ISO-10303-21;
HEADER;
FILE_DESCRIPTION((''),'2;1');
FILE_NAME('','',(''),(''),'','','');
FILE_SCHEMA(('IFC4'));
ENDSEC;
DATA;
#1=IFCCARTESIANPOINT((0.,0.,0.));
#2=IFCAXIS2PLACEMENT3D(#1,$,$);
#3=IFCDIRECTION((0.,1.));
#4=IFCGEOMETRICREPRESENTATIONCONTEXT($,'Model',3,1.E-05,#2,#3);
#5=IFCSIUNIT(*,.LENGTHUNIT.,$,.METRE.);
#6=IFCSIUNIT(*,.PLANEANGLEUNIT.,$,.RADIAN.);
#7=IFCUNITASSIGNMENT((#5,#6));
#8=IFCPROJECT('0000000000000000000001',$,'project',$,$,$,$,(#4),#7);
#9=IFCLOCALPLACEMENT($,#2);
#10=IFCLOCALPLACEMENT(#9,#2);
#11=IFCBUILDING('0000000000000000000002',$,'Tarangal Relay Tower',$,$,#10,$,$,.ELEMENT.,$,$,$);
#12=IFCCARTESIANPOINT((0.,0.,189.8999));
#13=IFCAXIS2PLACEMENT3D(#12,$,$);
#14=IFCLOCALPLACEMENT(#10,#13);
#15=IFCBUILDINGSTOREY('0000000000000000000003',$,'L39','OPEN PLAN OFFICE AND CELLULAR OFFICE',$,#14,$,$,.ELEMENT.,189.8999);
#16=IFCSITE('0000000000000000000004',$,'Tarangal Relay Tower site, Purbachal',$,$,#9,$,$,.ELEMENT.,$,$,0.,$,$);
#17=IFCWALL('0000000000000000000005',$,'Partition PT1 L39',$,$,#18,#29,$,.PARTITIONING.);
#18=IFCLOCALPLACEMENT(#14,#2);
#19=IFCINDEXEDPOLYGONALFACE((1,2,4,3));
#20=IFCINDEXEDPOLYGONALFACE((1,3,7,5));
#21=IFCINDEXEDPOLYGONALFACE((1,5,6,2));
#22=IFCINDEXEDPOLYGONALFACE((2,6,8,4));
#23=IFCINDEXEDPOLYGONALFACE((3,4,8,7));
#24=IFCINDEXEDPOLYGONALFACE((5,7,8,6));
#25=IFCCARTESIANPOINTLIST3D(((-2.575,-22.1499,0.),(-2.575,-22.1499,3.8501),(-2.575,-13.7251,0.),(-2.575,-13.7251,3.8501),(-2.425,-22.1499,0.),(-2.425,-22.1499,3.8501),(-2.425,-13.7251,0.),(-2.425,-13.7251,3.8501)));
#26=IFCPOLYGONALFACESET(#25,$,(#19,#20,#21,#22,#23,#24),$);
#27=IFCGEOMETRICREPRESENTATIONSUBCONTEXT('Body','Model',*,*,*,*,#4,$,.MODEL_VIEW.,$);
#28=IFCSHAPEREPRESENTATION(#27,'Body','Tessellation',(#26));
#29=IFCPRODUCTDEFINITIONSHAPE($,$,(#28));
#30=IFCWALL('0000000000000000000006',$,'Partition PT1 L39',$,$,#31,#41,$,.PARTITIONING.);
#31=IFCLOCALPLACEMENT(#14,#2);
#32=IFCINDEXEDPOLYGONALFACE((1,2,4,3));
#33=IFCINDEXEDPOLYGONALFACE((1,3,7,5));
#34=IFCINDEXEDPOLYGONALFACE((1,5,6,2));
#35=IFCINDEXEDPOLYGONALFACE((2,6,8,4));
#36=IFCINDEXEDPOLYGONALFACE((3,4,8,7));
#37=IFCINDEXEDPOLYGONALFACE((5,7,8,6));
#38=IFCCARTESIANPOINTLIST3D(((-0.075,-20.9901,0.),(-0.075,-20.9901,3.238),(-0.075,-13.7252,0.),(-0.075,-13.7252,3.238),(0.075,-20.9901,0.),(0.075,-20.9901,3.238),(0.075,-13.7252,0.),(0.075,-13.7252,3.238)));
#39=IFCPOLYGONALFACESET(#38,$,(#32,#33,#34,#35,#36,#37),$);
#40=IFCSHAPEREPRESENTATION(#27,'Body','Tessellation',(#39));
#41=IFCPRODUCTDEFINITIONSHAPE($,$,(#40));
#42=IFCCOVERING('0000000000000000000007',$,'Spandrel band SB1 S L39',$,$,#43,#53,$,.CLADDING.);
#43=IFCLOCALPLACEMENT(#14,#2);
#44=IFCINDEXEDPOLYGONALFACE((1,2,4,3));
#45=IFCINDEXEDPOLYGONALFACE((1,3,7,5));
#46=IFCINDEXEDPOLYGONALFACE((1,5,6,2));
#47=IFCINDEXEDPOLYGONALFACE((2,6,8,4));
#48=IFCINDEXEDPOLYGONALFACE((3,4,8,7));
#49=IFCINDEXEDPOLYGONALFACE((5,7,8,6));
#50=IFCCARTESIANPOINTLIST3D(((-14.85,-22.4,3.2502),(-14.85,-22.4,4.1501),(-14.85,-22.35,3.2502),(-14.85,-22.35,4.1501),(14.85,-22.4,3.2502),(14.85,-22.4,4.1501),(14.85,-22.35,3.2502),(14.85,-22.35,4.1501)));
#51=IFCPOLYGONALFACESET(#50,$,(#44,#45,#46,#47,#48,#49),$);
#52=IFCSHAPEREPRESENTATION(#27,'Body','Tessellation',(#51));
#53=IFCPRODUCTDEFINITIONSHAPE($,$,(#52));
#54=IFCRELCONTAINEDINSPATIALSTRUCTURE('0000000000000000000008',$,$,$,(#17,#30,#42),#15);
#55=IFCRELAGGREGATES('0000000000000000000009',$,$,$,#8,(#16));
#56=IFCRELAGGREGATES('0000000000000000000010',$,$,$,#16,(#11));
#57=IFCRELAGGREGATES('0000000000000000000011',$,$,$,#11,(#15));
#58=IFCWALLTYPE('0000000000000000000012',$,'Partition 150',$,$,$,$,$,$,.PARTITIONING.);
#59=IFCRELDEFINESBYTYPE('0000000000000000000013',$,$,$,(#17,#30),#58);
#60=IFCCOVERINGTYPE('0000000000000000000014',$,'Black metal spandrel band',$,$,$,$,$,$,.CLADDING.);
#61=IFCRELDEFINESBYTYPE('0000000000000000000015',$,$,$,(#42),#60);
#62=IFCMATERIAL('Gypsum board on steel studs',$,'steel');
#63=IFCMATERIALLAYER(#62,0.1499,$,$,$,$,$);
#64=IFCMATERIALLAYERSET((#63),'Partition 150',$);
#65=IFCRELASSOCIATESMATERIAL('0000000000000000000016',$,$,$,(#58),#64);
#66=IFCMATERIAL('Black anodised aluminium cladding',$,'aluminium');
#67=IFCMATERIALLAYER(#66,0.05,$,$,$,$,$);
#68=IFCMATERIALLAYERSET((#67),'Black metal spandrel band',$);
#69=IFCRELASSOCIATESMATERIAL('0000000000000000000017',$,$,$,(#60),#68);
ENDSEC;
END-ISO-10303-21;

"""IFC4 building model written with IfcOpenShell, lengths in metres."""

from ifc_helpers import new_model, si_unit, direction, frame, frame_2d, origin, origin_2d, place, context, subcontext, project, spatial, rectangle, extrude, material, layer, layer_set, type_object, element, save


model = new_model("IFC4")

# Units and contexts
model_context = context("Model", 3, precision=1e-05, world=origin(), true_north=direction((0.0, 1.0)))
body_context = subcontext(model_context, "Body", "Model", "MODEL_VIEW")
ifc_project = project(units=[si_unit("LENGTHUNIT", "METRE"), si_unit("PLANEANGLEUNIT", "RADIAN")], contexts=[model_context])

# Site, building, storey
site_placement = place(None, origin())
site = spatial("IfcSite", under=ifc_project, at=site_placement, Name="Tarangal Relay Tower site, Purbachal", CompositionType="ELEMENT", RefElevation=0.0)
building_placement = place(site_placement, origin())
building = spatial("IfcBuilding", under=site, at=building_placement, Name="Tarangal Relay Tower", CompositionType="ELEMENT")
storey_placement = place(building_placement, frame((0.0, 0.0, 189.8999)))
storey = spatial("IfcBuildingStorey", under=building, at=storey_placement, Name="L39", Description="OPEN PLAN OFFICE AND CELLULAR OFFICE", CompositionType="ELEMENT", Elevation=189.8999)

# Shared definitions
ifc_material_1 = material(Name="Gypsum board on steel studs", Category="steel")
ifc_layer_1 = layer(ifc_material_1, 0.1499)
ifc_layer_set_1 = layer_set([ifc_layer_1], Name="Partition 150")
wall_type_1 = type_object("IfcWallType", Name="Partition 150", PredefinedType="PARTITIONING", material=ifc_layer_set_1)

# Walls
wall_1_placement = place(storey_placement, frame((-2.5, -22.1499, 0.0), z_axis=(0.0, 0.0, 1.0), x_axis=(0.0, 1.0, 0.0)))
element("IfcWall", 1, at=wall_1_placement, inside=storey, type_object=wall_type_1, Name="Partition PT1 L39", PredefinedType="PARTITIONING", context=body_context, shape_type="SweptSolid", body=[
    extrude(rectangle(XDim=8.4248, YDim=0.1499, at=frame_2d((4.2124, 0.0))), origin(), (0.0, 0.0, 1.0), 3.8501),
])
wall_2_placement = place(storey_placement, frame((0.0, -20.99, 0.0), z_axis=(0.0, 0.0, 1.0), x_axis=(0.0, 1.0, 0.0)))
element("IfcWall", 2, at=wall_2_placement, inside=storey, type_object=wall_type_1, Name="Partition PT1 L39", PredefinedType="PARTITIONING", context=body_context, shape_type="SweptSolid", body=[
    extrude(rectangle(XDim=7.2649, YDim=0.1499, at=frame_2d((3.6323, 0.0))), origin(), (0.0, 0.0, 1.0), 3.238),
])

# Covering
ifc_material_2 = material(Name="Black anodised aluminium cladding", Category="aluminium")
ifc_layer_2 = layer(ifc_material_2, 0.05)
ifc_layer_set_2 = layer_set([ifc_layer_2], Name="Black metal spandrel band")
covering_type = type_object("IfcCoveringType", Name="Black metal spandrel band", PredefinedType="CLADDING", material=ifc_layer_set_2)
covering_placement = place(storey_placement, frame((0.0, -22.375, 3.2502), z_axis=(0.0, 0.0, 1.0), x_axis=(-1.0, 0.0, 0.0)))
element("IfcCovering", 3, at=covering_placement, inside=storey, type_object=covering_type, Name="Spandrel band SB1 S L39", PredefinedType="CLADDING", context=body_context, shape_type="SweptSolid", body=[
    extrude(rectangle(XDim=29.7, YDim=0.05, at=origin_2d()), origin(), (0.0, 0.0, 1.0), 0.8999),
])

save(model, "model.ifc")
